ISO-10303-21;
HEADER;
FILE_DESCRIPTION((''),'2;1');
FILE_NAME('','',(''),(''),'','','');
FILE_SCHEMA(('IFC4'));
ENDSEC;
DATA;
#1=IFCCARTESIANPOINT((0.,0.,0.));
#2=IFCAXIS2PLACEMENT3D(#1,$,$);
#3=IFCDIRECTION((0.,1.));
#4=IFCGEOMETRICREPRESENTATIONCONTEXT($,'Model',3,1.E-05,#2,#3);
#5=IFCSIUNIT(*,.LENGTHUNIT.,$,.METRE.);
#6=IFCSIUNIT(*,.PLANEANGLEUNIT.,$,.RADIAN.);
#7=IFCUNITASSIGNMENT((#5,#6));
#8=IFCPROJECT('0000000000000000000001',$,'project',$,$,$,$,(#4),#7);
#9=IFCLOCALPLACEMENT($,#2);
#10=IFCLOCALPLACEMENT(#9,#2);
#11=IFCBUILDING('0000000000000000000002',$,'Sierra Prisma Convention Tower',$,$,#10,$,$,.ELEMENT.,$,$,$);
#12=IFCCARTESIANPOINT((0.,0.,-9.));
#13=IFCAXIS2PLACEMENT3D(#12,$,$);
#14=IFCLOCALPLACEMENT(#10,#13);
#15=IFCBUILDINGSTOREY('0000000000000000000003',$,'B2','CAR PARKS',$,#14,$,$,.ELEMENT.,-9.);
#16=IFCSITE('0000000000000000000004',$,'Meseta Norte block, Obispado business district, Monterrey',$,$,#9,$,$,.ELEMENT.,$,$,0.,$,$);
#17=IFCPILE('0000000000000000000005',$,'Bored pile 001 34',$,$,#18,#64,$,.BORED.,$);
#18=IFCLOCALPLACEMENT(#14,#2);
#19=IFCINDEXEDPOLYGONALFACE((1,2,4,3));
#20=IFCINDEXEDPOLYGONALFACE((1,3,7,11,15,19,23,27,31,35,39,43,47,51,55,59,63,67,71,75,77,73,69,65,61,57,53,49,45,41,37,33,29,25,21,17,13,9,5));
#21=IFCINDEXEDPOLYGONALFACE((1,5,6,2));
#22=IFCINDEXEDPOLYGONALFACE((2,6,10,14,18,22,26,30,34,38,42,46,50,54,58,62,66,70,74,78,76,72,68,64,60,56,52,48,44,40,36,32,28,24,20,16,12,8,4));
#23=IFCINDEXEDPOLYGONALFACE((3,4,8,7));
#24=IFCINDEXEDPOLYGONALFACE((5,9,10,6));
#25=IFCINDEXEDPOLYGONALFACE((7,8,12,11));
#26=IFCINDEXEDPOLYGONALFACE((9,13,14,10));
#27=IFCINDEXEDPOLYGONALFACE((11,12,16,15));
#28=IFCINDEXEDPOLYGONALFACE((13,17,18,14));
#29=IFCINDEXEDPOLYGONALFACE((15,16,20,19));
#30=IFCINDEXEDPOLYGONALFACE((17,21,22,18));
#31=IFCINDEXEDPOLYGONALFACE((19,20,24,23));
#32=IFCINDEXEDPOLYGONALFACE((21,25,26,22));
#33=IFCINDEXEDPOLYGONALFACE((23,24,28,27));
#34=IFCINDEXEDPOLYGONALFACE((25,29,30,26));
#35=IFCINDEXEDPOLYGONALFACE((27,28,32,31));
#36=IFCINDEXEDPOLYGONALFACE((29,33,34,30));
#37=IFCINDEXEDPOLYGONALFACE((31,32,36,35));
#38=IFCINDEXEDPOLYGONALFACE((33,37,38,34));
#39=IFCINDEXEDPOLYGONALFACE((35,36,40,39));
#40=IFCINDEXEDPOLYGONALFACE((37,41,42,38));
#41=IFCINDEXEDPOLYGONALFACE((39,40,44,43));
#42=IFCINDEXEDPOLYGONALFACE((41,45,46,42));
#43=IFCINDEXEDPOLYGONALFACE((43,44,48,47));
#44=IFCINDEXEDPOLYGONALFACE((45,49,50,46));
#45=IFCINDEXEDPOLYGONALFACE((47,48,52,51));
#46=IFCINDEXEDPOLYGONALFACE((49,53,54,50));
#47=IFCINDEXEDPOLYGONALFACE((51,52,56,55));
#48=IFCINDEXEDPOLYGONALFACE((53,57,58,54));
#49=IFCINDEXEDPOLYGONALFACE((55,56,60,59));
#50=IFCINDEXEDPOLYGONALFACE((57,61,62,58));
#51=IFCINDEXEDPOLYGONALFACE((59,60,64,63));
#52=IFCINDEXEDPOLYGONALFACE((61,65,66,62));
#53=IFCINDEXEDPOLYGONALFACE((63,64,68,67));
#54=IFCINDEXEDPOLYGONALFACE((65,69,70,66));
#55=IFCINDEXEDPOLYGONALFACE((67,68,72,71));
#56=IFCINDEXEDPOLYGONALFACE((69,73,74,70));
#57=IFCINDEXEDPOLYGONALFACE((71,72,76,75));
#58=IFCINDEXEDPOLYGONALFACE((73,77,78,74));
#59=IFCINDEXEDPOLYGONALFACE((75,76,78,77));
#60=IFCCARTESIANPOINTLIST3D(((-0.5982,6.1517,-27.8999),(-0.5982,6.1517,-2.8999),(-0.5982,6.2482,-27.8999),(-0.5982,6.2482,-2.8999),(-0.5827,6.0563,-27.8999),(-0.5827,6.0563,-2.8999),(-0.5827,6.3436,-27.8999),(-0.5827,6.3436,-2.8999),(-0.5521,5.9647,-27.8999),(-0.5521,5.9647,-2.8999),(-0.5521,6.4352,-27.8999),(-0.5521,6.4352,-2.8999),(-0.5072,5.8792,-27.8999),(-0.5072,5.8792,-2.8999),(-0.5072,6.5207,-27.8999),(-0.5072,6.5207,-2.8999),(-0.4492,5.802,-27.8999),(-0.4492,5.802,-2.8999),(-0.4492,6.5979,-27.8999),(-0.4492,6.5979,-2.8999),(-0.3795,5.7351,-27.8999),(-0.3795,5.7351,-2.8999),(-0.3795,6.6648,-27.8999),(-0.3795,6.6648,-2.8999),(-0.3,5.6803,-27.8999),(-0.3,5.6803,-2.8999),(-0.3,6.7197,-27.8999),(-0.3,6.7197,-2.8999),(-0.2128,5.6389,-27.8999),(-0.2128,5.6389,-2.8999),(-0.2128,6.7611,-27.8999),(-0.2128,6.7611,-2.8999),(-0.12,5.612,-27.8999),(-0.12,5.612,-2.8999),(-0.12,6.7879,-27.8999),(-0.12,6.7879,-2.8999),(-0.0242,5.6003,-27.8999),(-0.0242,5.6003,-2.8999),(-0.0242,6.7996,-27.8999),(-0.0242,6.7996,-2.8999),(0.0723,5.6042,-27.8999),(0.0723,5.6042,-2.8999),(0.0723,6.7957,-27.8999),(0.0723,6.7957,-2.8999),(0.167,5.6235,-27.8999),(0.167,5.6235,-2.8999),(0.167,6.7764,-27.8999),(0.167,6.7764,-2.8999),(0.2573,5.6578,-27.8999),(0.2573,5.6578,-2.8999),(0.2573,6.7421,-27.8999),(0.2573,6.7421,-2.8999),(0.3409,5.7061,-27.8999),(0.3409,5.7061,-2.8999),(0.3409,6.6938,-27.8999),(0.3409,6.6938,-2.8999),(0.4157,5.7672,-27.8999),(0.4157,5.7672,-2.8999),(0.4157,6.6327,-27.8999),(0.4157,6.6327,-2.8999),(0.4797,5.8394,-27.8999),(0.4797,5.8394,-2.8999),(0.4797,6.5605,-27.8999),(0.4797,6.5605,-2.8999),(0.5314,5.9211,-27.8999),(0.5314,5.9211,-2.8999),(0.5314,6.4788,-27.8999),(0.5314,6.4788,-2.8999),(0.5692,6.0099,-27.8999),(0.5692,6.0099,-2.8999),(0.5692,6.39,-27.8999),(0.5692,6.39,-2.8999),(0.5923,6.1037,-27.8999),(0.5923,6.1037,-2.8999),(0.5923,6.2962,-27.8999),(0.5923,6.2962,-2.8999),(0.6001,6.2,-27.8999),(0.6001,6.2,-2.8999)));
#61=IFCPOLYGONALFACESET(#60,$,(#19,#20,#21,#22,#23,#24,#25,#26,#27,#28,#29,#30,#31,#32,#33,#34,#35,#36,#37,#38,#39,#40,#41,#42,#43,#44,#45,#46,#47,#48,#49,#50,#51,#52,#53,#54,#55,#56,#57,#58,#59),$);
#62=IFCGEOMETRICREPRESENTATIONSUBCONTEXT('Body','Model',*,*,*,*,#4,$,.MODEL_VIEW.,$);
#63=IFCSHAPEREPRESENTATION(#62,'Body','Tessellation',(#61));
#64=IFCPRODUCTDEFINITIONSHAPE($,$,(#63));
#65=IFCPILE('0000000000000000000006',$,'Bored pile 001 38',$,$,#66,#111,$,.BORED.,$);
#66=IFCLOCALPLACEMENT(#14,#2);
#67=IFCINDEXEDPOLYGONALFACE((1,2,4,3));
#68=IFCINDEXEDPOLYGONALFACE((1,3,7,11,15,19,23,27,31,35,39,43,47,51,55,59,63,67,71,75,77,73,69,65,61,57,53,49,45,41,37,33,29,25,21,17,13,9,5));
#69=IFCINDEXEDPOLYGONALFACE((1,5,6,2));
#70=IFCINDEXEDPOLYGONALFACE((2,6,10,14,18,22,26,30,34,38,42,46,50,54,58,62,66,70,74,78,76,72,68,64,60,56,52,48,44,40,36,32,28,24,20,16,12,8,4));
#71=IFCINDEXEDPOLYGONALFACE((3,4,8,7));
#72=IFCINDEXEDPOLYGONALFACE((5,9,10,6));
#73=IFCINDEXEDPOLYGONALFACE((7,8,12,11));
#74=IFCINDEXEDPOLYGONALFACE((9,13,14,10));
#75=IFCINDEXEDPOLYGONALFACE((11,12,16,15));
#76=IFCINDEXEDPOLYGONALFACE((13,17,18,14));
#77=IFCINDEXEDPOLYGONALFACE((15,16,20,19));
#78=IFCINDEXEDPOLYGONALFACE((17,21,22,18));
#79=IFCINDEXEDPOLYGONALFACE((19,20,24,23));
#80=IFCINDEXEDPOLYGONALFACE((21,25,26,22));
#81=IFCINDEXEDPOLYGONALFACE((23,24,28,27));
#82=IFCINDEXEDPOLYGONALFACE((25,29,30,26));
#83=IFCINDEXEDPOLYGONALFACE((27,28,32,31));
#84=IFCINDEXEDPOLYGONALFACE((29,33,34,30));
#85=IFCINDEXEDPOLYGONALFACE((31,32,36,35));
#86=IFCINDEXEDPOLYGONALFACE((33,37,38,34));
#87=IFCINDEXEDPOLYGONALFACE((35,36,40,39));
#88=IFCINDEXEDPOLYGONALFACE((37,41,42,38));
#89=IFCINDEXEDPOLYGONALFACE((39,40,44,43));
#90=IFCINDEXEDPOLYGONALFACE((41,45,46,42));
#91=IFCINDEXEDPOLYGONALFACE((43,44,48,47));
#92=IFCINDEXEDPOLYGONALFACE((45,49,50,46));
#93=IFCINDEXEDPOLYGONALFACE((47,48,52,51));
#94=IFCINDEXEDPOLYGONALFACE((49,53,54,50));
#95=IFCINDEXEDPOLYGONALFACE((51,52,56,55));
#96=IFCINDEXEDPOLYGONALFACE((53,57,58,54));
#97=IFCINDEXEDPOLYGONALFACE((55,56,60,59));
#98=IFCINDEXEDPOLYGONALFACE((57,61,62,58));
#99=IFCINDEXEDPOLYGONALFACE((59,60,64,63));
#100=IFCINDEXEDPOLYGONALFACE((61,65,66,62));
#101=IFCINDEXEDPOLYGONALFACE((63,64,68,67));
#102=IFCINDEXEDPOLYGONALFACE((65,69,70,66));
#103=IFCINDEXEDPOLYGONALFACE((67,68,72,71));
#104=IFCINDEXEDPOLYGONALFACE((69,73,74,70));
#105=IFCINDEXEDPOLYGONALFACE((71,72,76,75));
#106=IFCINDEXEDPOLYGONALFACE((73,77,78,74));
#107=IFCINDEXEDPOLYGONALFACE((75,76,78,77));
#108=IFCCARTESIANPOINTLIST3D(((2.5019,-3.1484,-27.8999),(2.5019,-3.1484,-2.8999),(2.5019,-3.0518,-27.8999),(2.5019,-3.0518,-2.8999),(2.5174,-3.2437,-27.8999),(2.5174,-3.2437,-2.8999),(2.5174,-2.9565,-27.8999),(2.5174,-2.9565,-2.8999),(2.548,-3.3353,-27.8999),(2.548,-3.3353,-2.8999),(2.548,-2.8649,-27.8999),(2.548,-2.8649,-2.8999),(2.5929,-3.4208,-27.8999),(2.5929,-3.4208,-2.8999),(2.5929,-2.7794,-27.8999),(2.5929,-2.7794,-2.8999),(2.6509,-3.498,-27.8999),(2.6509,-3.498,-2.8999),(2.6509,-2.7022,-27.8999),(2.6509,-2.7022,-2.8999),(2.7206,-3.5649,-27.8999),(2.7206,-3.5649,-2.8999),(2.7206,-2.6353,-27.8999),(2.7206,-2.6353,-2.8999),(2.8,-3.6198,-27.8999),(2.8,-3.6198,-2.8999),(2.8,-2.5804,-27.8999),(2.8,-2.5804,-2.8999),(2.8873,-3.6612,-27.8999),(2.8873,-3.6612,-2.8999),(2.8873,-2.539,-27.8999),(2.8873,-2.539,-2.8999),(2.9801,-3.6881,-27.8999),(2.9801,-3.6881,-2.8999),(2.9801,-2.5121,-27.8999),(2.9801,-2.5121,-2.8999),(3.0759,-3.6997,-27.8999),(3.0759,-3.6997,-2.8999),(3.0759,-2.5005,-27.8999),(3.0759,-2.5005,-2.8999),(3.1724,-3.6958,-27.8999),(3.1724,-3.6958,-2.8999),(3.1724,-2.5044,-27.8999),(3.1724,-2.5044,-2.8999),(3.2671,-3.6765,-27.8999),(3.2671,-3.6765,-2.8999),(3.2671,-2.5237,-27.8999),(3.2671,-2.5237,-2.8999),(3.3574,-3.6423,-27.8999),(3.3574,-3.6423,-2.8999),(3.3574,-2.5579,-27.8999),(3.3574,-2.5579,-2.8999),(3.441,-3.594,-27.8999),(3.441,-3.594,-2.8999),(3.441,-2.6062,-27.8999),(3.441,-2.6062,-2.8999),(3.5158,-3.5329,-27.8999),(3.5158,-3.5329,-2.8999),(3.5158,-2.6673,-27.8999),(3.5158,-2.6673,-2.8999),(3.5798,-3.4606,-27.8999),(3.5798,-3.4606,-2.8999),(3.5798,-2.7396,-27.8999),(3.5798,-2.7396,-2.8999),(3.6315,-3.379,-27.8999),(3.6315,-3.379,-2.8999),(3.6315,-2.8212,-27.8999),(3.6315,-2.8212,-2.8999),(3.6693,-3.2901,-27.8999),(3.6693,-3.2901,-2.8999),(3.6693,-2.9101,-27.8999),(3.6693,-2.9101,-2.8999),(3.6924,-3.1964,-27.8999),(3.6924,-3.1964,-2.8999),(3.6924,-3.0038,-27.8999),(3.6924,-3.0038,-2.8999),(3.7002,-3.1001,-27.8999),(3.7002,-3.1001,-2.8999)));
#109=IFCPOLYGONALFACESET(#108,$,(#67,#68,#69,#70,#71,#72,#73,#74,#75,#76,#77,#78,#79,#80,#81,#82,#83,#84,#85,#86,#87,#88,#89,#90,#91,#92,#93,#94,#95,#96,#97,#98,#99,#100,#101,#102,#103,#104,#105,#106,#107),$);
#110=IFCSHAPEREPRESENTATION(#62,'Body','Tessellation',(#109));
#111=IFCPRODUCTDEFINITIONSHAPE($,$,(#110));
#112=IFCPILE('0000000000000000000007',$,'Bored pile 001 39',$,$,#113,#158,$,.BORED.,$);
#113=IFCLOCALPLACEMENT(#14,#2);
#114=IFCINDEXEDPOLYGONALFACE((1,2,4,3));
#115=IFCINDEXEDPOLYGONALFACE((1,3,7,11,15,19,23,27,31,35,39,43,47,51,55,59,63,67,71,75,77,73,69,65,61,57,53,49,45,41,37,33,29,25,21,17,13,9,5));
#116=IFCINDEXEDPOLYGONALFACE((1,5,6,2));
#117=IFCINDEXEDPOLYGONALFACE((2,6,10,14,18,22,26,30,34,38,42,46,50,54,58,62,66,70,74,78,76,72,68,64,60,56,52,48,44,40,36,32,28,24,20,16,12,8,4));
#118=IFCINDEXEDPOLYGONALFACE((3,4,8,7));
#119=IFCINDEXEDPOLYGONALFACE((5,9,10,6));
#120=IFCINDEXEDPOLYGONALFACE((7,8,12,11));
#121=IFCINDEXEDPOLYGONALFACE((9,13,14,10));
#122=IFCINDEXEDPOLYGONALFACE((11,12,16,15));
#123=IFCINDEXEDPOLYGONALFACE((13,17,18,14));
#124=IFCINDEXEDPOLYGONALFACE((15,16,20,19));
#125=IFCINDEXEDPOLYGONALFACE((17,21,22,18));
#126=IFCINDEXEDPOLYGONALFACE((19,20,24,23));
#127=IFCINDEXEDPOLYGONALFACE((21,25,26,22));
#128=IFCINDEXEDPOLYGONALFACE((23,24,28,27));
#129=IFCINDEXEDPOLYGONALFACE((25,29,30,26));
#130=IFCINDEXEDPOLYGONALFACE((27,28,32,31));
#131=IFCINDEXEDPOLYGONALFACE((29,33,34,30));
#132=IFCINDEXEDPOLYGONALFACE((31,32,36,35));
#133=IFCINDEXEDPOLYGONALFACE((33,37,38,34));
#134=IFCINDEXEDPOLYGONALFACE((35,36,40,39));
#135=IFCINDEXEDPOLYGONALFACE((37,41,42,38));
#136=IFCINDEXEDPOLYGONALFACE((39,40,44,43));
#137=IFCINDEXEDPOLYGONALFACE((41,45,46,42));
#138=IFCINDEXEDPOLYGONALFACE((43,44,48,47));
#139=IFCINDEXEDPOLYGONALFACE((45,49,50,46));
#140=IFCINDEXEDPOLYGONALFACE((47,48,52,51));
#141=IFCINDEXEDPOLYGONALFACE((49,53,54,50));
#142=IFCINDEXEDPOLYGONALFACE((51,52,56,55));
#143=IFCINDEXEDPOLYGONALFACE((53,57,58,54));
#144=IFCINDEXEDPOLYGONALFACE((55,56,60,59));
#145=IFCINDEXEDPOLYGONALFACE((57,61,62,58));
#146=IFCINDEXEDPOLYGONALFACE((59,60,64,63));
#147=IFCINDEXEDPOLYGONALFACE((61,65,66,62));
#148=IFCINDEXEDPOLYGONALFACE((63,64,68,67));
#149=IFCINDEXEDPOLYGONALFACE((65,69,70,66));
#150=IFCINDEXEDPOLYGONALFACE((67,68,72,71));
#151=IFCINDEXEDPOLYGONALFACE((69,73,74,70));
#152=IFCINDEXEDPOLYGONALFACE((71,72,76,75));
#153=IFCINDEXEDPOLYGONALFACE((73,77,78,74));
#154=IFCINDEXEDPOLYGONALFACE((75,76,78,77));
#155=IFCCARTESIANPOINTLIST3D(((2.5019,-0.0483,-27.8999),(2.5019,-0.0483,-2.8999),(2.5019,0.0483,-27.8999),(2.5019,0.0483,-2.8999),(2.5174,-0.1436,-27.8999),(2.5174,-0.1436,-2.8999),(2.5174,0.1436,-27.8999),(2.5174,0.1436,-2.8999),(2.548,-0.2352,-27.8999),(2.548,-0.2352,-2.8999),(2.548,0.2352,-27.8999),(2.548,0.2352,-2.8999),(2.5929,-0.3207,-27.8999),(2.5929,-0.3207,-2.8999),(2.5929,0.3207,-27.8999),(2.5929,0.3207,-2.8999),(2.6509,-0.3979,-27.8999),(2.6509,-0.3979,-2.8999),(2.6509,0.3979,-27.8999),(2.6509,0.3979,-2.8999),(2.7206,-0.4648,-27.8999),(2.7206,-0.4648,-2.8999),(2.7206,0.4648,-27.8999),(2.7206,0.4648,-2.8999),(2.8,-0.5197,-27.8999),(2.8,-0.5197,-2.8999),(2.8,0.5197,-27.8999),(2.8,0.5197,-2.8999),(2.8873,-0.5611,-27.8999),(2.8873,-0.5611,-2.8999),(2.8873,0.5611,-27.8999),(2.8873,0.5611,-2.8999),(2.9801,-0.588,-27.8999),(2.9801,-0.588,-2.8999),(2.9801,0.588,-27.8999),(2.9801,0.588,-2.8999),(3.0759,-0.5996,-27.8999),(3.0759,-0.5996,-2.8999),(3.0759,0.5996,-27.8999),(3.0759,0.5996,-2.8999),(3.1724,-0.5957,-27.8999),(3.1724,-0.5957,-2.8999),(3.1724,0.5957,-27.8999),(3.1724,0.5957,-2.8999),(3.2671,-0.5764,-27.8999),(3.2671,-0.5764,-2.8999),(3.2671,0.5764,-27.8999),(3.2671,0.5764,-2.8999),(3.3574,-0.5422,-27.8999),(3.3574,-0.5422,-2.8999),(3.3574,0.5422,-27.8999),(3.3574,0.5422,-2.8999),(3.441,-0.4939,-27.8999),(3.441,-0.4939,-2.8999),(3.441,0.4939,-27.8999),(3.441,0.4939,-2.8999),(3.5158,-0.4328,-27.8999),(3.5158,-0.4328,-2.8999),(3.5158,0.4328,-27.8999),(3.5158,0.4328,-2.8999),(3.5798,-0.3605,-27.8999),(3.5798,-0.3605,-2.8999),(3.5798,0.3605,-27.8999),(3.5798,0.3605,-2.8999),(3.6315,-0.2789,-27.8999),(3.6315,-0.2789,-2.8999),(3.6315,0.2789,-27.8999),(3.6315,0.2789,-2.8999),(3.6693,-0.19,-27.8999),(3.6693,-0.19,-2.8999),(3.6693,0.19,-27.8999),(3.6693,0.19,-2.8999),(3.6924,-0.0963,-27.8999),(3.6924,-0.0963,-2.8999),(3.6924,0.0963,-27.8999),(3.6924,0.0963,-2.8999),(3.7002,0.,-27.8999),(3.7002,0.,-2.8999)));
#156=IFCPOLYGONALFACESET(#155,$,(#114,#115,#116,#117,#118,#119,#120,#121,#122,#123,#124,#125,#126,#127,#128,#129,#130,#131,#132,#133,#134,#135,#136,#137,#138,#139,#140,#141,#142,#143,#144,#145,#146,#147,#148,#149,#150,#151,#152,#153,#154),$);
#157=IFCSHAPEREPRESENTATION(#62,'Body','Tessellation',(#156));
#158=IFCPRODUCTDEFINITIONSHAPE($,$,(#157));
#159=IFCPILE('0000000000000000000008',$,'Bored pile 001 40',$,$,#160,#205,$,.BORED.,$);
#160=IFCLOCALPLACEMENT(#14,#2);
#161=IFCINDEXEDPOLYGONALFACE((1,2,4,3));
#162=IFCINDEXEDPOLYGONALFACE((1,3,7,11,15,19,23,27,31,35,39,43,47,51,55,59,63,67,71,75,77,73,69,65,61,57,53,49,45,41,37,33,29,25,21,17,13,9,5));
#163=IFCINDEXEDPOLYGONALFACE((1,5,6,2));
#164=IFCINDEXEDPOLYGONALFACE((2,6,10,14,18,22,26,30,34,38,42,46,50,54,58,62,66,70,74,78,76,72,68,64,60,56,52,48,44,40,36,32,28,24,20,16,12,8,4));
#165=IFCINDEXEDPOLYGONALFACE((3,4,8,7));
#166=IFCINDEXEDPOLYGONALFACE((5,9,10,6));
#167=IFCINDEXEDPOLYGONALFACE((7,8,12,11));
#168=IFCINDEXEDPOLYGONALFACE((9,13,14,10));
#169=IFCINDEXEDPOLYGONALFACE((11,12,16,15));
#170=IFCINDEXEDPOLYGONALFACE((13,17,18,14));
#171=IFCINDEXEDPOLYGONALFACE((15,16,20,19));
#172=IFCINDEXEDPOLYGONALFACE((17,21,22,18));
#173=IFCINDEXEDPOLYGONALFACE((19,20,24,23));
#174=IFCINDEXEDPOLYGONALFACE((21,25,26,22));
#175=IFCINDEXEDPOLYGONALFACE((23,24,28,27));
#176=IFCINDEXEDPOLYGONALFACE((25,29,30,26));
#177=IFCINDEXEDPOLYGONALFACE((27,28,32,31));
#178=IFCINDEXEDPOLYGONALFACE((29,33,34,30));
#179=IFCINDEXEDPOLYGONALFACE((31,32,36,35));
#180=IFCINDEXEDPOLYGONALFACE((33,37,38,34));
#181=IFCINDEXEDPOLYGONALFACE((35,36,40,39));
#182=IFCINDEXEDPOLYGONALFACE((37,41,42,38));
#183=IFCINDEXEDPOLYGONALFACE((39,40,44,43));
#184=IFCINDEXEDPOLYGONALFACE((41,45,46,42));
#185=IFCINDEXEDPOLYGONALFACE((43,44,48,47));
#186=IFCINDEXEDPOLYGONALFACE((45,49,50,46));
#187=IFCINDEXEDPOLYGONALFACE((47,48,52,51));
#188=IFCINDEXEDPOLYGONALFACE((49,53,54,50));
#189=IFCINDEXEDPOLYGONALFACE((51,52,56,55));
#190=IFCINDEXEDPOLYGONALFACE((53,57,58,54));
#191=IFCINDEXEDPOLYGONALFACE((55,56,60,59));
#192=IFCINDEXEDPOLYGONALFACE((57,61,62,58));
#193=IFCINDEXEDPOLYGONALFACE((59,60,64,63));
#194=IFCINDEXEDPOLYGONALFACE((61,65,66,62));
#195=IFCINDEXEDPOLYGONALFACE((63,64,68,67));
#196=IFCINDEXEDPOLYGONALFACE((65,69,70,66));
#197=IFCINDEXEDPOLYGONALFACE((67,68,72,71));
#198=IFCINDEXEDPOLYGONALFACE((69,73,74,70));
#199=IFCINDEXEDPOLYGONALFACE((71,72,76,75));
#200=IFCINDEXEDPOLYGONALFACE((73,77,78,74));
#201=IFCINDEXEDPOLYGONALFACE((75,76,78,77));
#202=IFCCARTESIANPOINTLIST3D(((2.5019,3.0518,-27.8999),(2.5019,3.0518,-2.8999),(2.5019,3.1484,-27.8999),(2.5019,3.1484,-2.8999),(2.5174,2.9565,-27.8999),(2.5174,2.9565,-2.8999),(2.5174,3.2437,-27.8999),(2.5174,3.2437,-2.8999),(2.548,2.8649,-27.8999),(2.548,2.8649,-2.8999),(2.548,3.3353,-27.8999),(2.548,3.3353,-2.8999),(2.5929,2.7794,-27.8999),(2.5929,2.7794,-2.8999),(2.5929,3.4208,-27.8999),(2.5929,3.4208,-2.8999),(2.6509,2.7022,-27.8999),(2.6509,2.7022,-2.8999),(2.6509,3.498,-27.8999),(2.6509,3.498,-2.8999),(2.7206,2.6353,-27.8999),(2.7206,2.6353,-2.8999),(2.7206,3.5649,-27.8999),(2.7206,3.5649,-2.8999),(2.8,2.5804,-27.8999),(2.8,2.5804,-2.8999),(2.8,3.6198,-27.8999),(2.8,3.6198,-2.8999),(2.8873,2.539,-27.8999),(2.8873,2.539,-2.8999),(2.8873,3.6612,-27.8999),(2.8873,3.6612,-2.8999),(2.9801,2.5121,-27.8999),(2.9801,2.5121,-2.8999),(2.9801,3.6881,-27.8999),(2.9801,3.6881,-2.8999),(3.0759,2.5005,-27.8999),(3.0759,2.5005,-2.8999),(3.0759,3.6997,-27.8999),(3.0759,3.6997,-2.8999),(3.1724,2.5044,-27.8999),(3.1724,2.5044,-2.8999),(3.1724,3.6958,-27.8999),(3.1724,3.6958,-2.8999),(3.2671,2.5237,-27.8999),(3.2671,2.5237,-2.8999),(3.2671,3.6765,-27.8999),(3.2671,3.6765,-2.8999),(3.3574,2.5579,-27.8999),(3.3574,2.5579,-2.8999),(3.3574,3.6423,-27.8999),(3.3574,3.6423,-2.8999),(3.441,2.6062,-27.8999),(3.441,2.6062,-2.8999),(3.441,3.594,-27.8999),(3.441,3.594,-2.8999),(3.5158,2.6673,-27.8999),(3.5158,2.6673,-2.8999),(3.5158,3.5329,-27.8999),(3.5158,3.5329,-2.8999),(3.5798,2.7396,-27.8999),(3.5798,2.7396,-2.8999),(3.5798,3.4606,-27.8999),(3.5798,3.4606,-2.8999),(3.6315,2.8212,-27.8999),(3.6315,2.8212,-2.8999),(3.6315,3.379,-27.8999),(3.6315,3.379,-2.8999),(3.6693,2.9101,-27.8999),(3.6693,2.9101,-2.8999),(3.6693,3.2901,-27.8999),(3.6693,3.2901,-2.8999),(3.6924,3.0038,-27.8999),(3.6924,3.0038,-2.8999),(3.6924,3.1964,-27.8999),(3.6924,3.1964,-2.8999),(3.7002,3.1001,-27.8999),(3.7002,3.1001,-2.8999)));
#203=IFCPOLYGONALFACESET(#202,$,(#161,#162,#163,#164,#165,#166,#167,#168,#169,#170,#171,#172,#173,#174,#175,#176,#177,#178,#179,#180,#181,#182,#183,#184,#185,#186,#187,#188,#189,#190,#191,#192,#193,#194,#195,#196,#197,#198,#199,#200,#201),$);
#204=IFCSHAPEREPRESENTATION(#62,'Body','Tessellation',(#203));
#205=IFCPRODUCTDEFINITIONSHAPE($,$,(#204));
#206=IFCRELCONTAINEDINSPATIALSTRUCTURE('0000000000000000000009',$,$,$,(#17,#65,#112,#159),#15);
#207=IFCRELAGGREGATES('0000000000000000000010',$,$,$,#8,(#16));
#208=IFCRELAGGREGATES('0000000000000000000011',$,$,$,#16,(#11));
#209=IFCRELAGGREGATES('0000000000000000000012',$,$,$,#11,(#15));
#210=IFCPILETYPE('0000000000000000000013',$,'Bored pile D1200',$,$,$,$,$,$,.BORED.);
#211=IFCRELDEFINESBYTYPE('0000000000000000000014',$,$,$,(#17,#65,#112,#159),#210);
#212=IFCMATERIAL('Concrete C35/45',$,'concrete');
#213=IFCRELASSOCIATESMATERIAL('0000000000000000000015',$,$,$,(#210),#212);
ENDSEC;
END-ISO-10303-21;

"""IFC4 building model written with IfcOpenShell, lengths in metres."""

from ifc_helpers import new_model, si_unit, direction, frame, origin, origin_2d, place, context, subcontext, project, spatial, circle, extrude, material, material_profile, profile_set, type_object, element, save


model = new_model("IFC4")

# Units and contexts
model_context = context("Model", 3, precision=1e-05, world=origin(), true_north=direction((0.0, 1.0)))
body_context = subcontext(model_context, "Body", "Model", "MODEL_VIEW")
ifc_project = project(units=[si_unit("LENGTHUNIT", "METRE"), si_unit("PLANEANGLEUNIT", "RADIAN")], contexts=[model_context])

# Site, building, storey
site_placement = place(None, origin())
site = spatial("IfcSite", under=ifc_project, at=site_placement, Name="Meseta Norte block, Obispado business district, Monterrey", CompositionType="ELEMENT", RefElevation=0.0)
building_placement = place(site_placement, origin())
building = spatial("IfcBuilding", under=site, at=building_placement, Name="Sierra Prisma Convention Tower", CompositionType="ELEMENT")
storey_placement = place(building_placement, frame((0.0, 0.0, -9.0)))
storey = spatial("IfcBuildingStorey", under=building, at=storey_placement, Name="B2", Description="CAR PARKS", CompositionType="ELEMENT", Elevation=-9.0)

# Piles
ifc_material_1 = material(Name="Concrete C35/45", Category="concrete")
ifc_material_profile = material_profile(ifc_material_1, circle(Radius=0.6001, at=origin_2d()), Name="D1200")
ifc_profile_set = profile_set([ifc_material_profile], Name="Concrete C35/45")
pile_type = type_object("IfcPileType", Name="Bored pile D1200", PredefinedType="BORED", material=ifc_profile_set)
for number, where, z_axis, x_axis, name in (
    (1, (0.0, 6.2, -2.8999), (0.0, 0.0, -1.0), (1.0, 0.0, 0.0), "Bored pile 001 34"),
    (2, (3.1001, -3.1001, -2.8999), (0.0, 0.0, -1.0), (1.0, 0.0, 0.0), "Bored pile 001 38"),
    (3, (3.1001, 0.0, -2.8999), (0.0, 0.0, -1.0), (1.0, 0.0, 0.0), "Bored pile 001 39"),
    (4, (3.1001, 3.1001, -2.8999), (0.0, 0.0, -1.0), (1.0, 0.0, 0.0), "Bored pile 001 40"),
):
    element("IfcPile", number, at=place(storey_placement, frame(where, z_axis=z_axis, x_axis=x_axis)), inside=storey, type_object=pile_type, Name=name, PredefinedType="BORED", context=body_context, shape_type="SweptSolid", body=[
        extrude(circle(Radius=0.6001, at=origin_2d()), origin(), (0.0, 0.0, 1.0), 25.0),
    ])

save(model, "model.ifc")
